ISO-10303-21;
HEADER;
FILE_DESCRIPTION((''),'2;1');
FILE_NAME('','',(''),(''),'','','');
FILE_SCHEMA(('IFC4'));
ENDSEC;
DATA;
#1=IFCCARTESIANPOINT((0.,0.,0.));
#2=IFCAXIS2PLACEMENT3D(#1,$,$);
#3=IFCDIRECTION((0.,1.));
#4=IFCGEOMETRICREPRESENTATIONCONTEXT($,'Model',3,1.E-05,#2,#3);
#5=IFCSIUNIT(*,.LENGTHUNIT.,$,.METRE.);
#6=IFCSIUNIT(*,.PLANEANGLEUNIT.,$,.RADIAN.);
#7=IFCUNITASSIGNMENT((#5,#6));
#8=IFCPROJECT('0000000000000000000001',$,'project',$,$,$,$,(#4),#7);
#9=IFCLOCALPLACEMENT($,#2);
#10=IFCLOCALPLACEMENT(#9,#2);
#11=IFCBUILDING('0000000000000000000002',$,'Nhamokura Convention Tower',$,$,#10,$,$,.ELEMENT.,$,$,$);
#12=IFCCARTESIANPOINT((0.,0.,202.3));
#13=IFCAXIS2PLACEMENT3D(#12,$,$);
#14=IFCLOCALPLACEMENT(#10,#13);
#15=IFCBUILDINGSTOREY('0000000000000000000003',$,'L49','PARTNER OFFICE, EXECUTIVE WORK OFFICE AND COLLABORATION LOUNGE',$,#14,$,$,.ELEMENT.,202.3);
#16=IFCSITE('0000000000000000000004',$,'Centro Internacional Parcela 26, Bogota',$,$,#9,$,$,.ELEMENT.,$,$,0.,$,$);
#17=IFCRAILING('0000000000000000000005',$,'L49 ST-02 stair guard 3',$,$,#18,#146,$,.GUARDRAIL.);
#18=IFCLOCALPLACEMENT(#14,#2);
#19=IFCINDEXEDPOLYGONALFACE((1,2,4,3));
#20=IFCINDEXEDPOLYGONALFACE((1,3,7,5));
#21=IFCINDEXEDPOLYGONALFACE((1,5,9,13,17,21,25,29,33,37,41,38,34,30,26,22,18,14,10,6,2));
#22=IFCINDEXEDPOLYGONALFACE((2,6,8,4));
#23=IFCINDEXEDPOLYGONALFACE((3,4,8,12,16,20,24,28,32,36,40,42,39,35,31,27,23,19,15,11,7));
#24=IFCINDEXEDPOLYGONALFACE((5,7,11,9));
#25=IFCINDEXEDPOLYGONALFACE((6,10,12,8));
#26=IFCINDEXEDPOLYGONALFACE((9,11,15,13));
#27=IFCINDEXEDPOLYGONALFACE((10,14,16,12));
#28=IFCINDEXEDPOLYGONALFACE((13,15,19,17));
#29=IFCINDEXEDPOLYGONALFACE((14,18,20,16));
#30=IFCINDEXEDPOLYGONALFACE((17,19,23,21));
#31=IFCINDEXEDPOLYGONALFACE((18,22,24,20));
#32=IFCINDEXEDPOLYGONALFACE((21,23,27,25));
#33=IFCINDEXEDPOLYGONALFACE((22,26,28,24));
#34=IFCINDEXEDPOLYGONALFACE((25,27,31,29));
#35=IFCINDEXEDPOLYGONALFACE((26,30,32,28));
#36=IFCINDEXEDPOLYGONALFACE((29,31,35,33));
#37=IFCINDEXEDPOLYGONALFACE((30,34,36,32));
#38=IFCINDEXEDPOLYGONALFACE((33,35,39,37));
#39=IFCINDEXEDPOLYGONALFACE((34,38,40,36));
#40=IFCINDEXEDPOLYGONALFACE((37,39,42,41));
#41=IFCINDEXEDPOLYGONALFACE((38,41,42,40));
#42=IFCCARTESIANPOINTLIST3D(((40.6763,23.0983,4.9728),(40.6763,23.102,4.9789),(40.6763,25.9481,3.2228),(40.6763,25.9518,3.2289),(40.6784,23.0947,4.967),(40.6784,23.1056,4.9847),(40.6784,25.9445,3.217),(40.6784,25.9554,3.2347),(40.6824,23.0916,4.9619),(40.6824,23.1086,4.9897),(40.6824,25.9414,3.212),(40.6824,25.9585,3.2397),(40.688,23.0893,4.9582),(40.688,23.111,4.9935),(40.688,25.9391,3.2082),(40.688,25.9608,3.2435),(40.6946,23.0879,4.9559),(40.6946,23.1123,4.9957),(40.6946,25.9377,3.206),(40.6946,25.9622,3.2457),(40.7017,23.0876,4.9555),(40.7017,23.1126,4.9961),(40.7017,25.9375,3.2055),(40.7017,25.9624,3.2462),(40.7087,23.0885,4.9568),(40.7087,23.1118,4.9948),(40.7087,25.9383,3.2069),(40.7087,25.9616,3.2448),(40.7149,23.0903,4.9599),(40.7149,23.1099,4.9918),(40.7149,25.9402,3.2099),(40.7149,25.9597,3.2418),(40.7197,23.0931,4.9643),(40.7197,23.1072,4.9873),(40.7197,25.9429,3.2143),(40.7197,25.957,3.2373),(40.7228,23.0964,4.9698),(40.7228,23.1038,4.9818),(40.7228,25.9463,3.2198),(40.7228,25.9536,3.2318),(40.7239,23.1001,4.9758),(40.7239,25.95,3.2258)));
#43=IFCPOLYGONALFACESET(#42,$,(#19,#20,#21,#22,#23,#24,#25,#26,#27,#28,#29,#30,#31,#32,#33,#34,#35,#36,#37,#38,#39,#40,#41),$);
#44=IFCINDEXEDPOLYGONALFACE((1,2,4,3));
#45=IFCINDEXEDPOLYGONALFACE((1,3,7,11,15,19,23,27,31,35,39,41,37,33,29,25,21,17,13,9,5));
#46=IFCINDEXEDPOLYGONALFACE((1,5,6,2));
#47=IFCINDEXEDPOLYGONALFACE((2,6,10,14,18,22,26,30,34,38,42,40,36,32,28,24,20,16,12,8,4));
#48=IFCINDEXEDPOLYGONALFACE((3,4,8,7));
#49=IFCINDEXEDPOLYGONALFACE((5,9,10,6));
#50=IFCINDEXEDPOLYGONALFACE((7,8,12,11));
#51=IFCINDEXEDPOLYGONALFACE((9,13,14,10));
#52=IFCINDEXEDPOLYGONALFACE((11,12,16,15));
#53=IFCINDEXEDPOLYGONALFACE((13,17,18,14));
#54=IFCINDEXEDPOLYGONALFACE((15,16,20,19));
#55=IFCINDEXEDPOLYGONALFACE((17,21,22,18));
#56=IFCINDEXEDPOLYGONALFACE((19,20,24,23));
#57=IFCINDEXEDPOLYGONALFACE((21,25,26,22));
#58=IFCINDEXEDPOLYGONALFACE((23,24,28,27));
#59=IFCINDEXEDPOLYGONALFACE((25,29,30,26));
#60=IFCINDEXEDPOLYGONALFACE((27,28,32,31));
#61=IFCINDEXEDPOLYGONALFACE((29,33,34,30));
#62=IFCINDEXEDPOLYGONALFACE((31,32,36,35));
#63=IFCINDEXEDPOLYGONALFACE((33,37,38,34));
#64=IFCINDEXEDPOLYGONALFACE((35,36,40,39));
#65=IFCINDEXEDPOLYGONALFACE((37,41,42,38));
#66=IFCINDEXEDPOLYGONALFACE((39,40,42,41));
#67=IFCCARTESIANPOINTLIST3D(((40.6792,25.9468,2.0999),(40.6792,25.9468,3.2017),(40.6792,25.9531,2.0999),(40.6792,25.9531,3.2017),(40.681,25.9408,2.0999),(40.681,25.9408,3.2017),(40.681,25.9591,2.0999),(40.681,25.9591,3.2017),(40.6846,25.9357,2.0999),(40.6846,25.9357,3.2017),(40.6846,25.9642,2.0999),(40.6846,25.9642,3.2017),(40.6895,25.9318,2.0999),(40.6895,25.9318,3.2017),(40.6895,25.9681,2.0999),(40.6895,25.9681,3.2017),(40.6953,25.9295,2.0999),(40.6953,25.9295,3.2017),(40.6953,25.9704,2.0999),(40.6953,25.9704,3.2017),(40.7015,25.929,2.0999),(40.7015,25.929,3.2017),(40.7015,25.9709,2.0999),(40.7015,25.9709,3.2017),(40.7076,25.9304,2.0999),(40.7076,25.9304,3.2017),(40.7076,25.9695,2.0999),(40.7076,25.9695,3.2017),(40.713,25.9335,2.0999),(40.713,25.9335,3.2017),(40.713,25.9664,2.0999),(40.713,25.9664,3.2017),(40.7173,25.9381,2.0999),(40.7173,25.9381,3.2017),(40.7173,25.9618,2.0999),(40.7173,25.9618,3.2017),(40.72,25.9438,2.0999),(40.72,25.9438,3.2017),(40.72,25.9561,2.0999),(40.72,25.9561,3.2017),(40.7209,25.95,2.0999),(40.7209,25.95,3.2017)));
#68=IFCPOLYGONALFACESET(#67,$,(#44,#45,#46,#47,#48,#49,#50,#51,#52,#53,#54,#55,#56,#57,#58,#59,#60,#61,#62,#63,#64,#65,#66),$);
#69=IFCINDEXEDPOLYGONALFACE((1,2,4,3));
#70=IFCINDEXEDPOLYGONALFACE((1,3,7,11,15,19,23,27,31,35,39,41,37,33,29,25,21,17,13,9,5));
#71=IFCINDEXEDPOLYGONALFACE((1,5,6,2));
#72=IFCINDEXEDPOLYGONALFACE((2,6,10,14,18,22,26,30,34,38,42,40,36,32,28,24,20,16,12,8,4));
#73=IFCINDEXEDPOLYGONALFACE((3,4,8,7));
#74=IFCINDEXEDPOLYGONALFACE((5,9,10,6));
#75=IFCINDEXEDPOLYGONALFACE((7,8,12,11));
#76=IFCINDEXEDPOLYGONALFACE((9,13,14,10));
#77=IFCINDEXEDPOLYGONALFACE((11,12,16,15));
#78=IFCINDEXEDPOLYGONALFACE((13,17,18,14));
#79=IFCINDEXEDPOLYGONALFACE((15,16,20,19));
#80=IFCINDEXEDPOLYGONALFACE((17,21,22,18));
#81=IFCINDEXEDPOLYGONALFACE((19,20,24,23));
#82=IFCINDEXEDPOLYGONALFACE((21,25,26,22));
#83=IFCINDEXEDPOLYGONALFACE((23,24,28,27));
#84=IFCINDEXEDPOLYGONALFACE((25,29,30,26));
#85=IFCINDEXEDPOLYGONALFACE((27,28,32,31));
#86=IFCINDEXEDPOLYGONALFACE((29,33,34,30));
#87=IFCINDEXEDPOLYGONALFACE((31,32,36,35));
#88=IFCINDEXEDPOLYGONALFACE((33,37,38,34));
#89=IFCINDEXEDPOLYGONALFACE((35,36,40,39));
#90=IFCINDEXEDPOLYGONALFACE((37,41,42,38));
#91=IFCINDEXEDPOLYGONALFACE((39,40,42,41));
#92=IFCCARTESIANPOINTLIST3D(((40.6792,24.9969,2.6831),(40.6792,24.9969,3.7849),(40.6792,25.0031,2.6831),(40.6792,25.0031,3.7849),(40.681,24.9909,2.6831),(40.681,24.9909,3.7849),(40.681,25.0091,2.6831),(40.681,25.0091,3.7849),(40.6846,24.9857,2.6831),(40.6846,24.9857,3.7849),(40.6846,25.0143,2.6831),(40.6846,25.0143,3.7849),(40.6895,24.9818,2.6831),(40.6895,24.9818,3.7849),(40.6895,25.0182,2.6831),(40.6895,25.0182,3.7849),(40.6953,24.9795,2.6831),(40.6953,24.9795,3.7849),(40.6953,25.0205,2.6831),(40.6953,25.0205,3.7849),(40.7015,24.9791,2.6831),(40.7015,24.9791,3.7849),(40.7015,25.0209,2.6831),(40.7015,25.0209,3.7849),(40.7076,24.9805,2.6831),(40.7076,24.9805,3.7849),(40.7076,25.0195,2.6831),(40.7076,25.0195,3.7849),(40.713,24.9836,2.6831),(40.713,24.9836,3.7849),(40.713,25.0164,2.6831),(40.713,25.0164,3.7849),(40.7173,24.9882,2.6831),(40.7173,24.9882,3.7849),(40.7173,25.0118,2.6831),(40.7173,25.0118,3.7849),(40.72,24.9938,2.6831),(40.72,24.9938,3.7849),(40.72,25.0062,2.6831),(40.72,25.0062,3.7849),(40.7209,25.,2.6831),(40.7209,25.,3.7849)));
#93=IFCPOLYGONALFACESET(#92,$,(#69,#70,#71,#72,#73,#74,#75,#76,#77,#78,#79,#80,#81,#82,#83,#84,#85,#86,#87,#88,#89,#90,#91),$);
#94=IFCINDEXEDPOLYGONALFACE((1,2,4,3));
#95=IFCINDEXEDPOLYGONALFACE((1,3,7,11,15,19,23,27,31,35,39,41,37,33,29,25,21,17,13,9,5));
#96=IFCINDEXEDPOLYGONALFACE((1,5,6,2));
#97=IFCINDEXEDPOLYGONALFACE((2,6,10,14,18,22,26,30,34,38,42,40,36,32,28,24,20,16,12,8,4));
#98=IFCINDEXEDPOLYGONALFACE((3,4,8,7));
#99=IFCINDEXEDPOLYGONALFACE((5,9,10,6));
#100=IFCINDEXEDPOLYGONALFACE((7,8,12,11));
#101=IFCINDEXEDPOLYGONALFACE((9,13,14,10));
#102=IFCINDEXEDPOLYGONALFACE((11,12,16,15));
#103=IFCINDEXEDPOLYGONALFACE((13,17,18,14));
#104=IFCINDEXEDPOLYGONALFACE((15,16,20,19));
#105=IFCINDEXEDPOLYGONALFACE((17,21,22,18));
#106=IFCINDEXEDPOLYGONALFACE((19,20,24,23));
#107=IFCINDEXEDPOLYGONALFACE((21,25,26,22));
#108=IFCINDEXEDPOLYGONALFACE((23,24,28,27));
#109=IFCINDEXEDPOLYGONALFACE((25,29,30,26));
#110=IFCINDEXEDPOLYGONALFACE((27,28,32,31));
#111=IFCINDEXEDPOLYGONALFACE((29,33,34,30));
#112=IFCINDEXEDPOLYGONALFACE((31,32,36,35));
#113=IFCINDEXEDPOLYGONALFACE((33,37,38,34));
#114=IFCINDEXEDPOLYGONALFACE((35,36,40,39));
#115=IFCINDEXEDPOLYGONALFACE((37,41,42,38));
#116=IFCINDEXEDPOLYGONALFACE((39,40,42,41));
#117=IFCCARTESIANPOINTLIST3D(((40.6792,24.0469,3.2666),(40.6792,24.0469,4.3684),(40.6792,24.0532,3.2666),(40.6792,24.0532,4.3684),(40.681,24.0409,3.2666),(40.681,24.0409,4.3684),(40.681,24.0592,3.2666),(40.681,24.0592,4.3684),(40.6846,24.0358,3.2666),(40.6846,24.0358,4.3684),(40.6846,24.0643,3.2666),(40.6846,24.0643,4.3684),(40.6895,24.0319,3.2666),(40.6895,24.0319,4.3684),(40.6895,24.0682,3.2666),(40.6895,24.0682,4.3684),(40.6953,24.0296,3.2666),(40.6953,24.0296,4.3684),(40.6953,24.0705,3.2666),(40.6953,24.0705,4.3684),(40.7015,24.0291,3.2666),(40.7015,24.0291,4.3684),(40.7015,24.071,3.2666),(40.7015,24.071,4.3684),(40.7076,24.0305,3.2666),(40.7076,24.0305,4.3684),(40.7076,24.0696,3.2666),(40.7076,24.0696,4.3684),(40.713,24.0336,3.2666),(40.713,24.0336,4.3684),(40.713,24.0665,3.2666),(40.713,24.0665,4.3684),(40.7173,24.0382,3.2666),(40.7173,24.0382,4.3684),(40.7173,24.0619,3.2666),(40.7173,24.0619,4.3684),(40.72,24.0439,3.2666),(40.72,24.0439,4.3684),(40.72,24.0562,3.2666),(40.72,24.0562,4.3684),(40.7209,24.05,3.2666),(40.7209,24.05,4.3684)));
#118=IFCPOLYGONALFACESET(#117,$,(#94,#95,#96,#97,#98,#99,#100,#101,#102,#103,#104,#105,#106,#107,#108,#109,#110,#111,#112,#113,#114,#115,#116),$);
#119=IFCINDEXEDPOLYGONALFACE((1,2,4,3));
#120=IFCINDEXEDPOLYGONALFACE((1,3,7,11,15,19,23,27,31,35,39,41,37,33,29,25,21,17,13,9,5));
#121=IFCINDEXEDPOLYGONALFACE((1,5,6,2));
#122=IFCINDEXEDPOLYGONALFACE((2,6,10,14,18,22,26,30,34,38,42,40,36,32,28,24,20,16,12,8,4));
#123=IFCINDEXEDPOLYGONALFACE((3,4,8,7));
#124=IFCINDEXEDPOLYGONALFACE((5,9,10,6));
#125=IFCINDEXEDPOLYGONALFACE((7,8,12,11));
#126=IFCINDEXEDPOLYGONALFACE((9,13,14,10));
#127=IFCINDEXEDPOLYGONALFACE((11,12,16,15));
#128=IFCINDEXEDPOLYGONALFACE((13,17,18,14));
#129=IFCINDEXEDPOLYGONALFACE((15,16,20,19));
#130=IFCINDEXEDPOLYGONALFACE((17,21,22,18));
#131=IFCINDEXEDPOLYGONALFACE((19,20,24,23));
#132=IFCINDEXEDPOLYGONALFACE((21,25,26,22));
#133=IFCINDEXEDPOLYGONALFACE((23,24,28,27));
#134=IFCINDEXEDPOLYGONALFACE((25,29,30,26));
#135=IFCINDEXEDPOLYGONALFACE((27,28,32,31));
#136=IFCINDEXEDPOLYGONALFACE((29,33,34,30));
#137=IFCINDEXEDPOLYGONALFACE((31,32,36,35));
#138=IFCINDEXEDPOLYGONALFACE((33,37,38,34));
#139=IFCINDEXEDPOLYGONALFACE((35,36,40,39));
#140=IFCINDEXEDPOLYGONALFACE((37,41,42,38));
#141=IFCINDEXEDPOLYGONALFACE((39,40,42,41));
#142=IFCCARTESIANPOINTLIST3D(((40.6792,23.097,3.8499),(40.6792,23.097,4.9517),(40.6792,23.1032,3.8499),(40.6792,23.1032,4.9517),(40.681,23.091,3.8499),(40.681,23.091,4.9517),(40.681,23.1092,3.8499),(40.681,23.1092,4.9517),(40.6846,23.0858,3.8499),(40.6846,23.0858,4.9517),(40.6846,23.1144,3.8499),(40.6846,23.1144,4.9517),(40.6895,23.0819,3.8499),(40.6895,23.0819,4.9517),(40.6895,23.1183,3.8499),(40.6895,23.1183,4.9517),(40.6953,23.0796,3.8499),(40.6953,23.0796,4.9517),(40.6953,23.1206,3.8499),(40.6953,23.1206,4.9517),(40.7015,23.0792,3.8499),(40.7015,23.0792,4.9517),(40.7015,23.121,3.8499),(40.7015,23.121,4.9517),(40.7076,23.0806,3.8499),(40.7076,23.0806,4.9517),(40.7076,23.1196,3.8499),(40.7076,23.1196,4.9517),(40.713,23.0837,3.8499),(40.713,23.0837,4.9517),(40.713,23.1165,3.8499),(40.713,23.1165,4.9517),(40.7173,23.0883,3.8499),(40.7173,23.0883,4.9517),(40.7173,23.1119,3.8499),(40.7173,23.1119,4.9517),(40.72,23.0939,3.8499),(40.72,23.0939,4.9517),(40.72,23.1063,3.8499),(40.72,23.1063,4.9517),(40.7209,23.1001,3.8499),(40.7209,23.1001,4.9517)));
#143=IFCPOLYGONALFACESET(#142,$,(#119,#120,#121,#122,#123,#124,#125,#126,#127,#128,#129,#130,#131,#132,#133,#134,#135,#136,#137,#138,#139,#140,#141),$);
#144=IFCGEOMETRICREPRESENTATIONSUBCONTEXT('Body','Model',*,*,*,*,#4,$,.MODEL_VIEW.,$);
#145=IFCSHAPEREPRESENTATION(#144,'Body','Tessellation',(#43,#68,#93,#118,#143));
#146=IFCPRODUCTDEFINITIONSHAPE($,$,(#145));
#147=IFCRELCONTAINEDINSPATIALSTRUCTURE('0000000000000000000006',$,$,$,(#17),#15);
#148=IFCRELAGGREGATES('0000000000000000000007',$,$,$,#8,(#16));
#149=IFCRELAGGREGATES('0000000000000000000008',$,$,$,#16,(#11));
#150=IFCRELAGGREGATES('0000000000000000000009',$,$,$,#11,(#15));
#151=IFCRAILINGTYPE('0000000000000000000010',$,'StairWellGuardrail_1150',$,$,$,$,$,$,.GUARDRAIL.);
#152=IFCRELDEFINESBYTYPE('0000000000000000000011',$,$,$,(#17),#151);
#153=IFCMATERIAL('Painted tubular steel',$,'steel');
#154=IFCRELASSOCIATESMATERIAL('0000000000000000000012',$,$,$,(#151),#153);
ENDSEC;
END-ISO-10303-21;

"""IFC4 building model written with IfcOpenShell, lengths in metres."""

from ifc_helpers import new_model, si_unit, direction, frame, origin, origin_2d, place, context, subcontext, project, spatial, circle, extrude, material, type_object, element, save


model = new_model("IFC4")

# Units and contexts
model_context = context("Model", 3, precision=1e-05, world=origin(), true_north=direction((0.0, 1.0)))
body_context = subcontext(model_context, "Body", "Model", "MODEL_VIEW")
ifc_project = project(units=[si_unit("LENGTHUNIT", "METRE"), si_unit("PLANEANGLEUNIT", "RADIAN")], contexts=[model_context])

# Site, building, storey
site_placement = place(None, origin())
site = spatial("IfcSite", under=ifc_project, at=site_placement, Name="Centro Internacional Parcela 26, Bogota", CompositionType="ELEMENT", RefElevation=0.0)
building_placement = place(site_placement, origin())
building = spatial("IfcBuilding", under=site, at=building_placement, Name="Nhamokura Convention Tower", CompositionType="ELEMENT")
storey_placement = place(building_placement, frame((0.0, 0.0, 202.3)))
storey = spatial("IfcBuildingStorey", under=building, at=storey_placement, Name="L49", Description="PARTNER OFFICE, EXECUTIVE WORK OFFICE AND COLLABORATION LOUNGE", CompositionType="ELEMENT", Elevation=202.3)

# Railing
ifc_material_1 = material(Name="Painted tubular steel", Category="steel")
railing_type_1 = type_object("IfcRailingType", Name="StairWellGuardrail_1150", PredefinedType="GUARDRAIL", material=ifc_material_1)
railing_1_placement = place(storey_placement, frame((40.7, 25.95, 2.0999)))
element("IfcRailing", 1, at=railing_1_placement, inside=storey, type_object=railing_type_1, Name="L49 ST-02 stair guard 3", PredefinedType="GUARDRAIL", context=body_context, shape_type="SweptSolid", body=[
    extrude(circle(Radius=0.0239, at=origin_2d()), frame((0.0, 0.0, 1.126), z_axis=(0.0, -0.852159, 0.523283), x_axis=(1.0, 0.0, 0.0)), (0.0, 0.0, 1.0), 3.3442),
    extrude(circle(Radius=0.021, at=origin_2d()), origin(), (0.0, 0.0, 1.0), 1.1018),
    extrude(circle(Radius=0.021, at=origin_2d()), frame((0.0, -0.95, 0.5833)), (0.0, 0.0, 1.0), 1.1018),
    extrude(circle(Radius=0.021, at=origin_2d()), frame((0.0, -1.8999, 1.1667)), (0.0, 0.0, 1.0), 1.1018),
    extrude(circle(Radius=0.021, at=origin_2d()), frame((0.0, -2.8499, 1.75)), (0.0, 0.0, 1.0), 1.1018),
])

save(model, "model.ifc")
